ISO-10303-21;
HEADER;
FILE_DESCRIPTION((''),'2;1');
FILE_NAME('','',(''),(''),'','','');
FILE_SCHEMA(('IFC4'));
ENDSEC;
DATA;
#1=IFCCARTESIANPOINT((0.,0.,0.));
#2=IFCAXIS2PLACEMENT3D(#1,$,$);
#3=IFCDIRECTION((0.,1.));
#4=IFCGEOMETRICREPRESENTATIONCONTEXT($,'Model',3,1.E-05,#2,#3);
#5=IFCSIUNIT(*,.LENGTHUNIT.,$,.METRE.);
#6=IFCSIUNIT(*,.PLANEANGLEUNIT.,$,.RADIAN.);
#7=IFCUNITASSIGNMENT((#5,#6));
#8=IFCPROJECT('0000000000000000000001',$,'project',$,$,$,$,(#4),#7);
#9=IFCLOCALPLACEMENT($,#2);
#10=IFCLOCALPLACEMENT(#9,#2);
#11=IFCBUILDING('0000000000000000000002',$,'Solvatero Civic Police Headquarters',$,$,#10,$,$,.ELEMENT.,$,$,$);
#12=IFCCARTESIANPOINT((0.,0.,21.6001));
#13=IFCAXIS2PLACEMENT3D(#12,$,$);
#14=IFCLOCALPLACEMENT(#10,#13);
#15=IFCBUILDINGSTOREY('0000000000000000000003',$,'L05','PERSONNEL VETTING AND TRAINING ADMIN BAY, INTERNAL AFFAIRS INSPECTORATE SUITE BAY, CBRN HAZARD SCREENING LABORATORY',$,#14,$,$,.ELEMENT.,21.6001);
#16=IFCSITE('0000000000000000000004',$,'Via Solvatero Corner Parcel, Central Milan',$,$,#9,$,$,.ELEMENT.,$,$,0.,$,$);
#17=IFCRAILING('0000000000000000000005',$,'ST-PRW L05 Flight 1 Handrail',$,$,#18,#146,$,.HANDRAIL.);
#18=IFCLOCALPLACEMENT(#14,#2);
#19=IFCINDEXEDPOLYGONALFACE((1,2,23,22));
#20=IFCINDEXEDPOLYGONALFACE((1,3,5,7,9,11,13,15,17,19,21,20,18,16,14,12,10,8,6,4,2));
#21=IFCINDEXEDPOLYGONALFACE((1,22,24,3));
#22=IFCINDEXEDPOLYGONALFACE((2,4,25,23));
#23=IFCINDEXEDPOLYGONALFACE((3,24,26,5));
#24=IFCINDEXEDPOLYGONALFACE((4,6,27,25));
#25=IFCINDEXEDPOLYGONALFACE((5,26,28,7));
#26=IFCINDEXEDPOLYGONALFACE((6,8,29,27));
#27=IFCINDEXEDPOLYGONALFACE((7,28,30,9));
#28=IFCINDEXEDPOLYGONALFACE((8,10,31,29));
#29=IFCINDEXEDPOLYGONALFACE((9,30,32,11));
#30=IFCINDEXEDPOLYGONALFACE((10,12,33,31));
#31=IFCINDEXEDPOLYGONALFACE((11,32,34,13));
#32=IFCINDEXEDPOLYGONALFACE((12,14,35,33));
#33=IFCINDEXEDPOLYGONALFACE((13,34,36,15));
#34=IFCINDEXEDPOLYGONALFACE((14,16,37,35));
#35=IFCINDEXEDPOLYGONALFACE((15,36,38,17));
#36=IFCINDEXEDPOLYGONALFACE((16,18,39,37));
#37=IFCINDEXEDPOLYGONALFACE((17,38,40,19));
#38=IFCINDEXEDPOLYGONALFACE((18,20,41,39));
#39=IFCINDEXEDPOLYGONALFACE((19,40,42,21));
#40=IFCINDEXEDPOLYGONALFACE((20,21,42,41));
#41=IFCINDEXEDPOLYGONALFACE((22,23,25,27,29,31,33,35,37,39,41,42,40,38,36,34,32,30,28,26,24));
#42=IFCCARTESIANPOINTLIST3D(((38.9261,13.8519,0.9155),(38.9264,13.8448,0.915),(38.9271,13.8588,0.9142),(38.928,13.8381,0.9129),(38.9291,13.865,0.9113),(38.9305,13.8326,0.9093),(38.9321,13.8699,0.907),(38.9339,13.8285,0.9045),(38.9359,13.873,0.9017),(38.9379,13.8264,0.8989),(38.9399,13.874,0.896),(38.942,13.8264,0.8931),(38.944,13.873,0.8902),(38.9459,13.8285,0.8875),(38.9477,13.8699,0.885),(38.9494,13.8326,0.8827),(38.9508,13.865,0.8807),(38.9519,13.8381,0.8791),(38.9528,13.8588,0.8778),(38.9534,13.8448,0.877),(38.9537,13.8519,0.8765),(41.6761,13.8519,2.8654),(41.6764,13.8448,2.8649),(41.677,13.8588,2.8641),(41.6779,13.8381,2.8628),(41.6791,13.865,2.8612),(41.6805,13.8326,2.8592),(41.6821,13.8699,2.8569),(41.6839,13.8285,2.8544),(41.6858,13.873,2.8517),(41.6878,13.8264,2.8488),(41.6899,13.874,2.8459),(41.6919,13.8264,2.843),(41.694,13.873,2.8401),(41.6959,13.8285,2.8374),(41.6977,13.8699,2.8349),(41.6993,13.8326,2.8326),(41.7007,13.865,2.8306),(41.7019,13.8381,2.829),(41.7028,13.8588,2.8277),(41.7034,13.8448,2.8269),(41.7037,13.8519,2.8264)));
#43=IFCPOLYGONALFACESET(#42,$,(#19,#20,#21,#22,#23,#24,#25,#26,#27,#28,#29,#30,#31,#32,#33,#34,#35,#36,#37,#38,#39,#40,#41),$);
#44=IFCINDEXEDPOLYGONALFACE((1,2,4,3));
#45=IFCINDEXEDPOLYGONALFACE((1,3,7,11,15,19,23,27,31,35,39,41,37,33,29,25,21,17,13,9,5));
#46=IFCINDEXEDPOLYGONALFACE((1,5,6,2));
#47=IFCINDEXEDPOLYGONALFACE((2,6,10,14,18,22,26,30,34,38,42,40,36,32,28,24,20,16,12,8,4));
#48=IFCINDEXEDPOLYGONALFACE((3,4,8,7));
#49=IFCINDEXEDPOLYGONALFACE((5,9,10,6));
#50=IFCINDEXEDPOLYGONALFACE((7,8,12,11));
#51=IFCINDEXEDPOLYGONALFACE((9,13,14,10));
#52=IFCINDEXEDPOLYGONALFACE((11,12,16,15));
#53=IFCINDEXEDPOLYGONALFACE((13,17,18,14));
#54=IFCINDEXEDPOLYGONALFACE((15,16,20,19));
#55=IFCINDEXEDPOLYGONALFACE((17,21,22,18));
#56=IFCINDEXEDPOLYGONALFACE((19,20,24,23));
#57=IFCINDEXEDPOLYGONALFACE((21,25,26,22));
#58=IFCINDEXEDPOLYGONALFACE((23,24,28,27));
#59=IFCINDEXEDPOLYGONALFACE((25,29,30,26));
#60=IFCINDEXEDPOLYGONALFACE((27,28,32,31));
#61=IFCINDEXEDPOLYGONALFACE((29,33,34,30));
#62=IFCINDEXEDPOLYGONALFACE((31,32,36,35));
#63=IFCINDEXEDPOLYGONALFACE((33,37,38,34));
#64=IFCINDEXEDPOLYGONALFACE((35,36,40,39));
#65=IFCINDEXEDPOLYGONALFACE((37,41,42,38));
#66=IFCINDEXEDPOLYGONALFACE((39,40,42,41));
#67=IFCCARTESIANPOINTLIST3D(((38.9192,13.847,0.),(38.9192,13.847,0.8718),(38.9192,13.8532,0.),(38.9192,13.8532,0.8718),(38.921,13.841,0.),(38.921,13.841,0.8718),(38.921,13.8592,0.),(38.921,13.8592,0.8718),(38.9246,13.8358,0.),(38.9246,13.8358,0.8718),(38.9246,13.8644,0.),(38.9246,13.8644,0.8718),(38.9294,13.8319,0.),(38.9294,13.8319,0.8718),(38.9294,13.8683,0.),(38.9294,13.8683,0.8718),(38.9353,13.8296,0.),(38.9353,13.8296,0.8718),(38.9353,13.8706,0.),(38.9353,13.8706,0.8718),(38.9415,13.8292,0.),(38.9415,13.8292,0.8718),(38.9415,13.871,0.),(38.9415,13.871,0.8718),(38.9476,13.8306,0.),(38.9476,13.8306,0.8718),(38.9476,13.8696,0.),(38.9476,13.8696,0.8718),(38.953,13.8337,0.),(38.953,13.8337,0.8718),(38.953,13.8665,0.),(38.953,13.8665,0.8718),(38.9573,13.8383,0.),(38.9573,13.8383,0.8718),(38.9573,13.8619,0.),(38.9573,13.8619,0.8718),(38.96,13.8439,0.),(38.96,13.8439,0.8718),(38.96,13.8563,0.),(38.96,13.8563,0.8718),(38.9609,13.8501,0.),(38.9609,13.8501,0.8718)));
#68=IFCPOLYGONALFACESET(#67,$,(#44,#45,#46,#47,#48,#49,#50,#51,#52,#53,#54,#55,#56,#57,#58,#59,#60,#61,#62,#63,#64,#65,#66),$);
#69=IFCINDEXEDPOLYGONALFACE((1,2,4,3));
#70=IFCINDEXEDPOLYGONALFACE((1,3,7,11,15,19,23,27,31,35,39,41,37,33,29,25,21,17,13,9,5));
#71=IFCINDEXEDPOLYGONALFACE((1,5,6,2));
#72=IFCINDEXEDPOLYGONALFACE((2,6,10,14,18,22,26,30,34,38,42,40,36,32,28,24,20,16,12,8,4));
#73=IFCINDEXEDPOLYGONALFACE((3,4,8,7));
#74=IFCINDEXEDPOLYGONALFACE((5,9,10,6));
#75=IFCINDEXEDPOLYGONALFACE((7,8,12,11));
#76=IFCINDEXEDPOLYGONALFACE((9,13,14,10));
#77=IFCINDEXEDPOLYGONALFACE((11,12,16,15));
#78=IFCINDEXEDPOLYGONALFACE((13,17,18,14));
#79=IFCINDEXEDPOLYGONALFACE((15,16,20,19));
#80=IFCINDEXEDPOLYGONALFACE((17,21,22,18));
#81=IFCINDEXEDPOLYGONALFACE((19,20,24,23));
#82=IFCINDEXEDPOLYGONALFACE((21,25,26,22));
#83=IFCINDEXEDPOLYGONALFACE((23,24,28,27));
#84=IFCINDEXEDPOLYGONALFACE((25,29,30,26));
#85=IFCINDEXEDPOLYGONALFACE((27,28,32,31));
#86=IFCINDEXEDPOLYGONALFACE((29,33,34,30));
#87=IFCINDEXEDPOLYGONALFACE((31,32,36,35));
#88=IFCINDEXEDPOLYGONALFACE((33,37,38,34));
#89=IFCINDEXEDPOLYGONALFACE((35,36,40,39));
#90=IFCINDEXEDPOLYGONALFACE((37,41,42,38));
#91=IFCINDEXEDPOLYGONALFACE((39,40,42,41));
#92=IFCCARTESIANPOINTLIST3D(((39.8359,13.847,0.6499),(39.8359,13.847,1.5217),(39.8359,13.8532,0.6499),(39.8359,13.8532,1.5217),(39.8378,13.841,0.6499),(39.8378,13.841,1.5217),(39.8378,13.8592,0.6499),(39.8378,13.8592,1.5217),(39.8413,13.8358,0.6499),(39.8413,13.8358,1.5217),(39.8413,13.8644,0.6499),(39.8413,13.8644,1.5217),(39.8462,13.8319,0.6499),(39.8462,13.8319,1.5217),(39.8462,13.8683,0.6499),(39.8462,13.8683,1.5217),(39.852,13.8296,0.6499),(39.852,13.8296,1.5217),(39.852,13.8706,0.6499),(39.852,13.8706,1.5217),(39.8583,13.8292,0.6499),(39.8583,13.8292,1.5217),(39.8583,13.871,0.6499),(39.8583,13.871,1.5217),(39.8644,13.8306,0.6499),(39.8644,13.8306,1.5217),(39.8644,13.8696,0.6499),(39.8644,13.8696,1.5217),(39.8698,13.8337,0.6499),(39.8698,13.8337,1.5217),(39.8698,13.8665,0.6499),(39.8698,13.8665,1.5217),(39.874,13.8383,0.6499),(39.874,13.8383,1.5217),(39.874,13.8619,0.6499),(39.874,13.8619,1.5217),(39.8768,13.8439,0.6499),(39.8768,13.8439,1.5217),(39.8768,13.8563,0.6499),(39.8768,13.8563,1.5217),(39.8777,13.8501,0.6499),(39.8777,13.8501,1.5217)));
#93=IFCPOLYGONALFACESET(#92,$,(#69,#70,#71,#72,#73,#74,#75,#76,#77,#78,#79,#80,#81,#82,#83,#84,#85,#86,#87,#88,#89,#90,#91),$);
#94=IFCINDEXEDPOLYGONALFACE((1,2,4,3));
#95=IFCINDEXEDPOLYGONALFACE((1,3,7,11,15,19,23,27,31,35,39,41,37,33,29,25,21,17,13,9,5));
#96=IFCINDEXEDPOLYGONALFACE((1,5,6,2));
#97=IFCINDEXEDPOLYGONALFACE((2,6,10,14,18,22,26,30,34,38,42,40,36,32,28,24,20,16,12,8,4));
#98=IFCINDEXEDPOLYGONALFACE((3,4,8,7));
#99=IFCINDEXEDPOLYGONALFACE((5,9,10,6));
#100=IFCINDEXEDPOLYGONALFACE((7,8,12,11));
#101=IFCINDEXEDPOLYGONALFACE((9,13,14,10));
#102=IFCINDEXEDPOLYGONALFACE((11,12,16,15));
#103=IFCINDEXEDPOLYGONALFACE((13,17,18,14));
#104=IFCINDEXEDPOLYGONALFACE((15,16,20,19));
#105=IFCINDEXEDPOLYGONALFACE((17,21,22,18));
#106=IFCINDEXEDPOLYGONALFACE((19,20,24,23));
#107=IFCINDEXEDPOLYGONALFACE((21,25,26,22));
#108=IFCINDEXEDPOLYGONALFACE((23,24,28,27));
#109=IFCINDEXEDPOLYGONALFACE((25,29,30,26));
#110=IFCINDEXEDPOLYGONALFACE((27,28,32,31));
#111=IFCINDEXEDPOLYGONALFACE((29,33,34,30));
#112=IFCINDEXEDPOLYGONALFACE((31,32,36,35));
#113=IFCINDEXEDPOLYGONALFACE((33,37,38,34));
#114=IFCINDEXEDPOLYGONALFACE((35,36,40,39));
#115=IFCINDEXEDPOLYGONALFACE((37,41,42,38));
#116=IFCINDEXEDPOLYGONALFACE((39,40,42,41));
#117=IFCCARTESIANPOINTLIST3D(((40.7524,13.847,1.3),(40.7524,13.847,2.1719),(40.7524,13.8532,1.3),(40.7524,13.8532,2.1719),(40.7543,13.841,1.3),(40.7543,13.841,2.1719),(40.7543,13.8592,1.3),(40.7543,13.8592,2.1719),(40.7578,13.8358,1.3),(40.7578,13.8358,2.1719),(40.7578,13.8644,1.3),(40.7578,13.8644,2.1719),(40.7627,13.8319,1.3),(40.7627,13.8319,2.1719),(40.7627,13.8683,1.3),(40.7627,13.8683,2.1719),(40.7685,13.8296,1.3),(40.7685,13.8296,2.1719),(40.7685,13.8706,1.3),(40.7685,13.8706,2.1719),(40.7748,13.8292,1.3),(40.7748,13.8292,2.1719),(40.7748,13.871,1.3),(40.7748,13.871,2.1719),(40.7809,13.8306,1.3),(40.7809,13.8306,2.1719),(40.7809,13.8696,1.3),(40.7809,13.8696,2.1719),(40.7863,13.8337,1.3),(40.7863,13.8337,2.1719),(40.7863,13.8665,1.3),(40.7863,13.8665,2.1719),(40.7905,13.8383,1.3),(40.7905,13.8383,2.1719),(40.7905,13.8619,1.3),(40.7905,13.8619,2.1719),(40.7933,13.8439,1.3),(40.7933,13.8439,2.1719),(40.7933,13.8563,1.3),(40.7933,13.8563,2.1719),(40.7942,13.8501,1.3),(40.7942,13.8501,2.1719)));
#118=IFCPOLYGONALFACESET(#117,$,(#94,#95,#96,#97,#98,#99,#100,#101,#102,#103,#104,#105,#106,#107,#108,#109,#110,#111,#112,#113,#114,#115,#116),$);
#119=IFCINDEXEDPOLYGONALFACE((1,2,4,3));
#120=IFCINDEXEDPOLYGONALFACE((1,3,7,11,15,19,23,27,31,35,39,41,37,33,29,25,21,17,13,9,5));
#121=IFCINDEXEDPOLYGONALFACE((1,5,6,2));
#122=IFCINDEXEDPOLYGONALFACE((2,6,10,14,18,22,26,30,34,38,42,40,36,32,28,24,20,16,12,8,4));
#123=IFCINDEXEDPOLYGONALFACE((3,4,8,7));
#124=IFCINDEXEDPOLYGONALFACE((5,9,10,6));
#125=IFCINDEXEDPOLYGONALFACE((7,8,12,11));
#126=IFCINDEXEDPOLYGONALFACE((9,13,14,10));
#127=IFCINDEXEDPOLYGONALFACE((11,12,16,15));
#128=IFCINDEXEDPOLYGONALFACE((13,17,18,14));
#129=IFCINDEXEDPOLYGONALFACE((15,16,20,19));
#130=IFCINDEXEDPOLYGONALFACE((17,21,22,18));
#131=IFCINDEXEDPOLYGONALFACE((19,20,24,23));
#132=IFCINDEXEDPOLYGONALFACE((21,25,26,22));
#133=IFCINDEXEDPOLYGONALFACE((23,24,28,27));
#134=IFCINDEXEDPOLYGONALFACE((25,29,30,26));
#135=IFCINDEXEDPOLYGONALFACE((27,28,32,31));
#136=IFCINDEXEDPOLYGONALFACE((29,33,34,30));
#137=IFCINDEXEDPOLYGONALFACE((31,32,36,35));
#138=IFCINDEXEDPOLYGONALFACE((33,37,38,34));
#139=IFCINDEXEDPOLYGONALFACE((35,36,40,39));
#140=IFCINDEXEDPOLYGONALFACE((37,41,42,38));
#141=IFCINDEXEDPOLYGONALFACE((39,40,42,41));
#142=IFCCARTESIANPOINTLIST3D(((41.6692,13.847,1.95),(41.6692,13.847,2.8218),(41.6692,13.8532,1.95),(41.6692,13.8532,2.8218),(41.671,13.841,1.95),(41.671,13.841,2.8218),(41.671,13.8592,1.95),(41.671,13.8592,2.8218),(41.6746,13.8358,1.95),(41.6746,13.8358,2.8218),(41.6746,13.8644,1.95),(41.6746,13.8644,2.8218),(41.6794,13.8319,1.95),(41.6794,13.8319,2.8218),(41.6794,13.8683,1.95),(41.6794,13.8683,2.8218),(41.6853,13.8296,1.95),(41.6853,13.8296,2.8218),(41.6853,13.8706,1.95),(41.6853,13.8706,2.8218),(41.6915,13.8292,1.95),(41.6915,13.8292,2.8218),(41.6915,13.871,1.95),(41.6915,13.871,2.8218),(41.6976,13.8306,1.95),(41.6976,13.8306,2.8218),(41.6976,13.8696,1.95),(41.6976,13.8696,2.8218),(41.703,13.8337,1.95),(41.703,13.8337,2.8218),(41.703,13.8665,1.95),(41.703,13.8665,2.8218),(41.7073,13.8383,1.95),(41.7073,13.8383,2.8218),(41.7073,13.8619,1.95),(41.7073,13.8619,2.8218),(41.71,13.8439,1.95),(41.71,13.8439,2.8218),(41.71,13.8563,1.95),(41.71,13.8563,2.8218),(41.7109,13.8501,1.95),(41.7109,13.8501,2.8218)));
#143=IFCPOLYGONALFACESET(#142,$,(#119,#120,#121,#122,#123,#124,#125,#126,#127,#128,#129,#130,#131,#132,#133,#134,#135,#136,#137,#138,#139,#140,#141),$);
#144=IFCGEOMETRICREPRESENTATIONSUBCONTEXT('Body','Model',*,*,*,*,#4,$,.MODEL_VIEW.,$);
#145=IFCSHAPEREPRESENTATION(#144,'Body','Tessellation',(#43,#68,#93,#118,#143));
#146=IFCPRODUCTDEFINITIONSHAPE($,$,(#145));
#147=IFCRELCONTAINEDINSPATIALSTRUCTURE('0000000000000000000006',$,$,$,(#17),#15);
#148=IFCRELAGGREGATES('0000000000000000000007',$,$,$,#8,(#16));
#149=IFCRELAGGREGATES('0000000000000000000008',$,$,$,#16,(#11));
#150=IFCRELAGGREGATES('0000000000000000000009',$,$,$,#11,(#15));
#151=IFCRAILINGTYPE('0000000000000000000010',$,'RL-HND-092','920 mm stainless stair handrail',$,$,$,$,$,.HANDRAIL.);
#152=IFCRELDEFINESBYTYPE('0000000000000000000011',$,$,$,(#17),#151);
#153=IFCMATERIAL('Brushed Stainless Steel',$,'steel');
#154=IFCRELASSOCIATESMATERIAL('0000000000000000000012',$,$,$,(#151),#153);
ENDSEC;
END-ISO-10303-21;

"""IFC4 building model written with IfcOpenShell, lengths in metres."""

from ifc_helpers import new_model, si_unit, direction, frame, origin, origin_2d, place, context, subcontext, project, spatial, circle, extrude, material, type_object, element, save


model = new_model("IFC4")

# Units and contexts
model_context = context("Model", 3, precision=1e-05, world=origin(), true_north=direction((0.0, 1.0)))
body_context = subcontext(model_context, "Body", "Model", "MODEL_VIEW")
ifc_project = project(units=[si_unit("LENGTHUNIT", "METRE"), si_unit("PLANEANGLEUNIT", "RADIAN")], contexts=[model_context])

# Site, building, storey
site_placement = place(None, origin())
site = spatial("IfcSite", under=ifc_project, at=site_placement, Name="Via Solvatero Corner Parcel, Central Milan", CompositionType="ELEMENT", RefElevation=0.0)
building_placement = place(site_placement, origin())
building = spatial("IfcBuilding", under=site, at=building_placement, Name="Solvatero Civic Police Headquarters", CompositionType="ELEMENT")
storey_placement = place(building_placement, frame((0.0, 0.0, 21.6001)))
storey = spatial("IfcBuildingStorey", under=building, at=storey_placement, Name="L05", Description="PERSONNEL VETTING AND TRAINING ADMIN BAY, INTERNAL AFFAIRS INSPECTORATE SUITE BAY, CBRN HAZARD SCREENING LABORATORY", CompositionType="ELEMENT", Elevation=21.6001)

# Railing
ifc_material_1 = material(Name="Brushed Stainless Steel", Category="steel")
railing_type_1 = type_object("IfcRailingType", Name="RL-HND-092", Description="920 mm stainless stair handrail", PredefinedType="HANDRAIL", material=ifc_material_1)
railing_1_placement = place(storey_placement, frame((38.9399, 13.8501, 0.0)))
element("IfcRailing", 1, at=railing_1_placement, inside=storey, type_object=railing_type_1, Name="ST-PRW L05 Flight 1 Handrail", PredefinedType="HANDRAIL", context=body_context, shape_type="SweptSolid", body=[
    extrude(circle(Radius=0.0239, at=origin_2d()), frame((0.0, 0.0, 0.896), z_axis=(0.81574, 0.0, 0.578419), x_axis=(0.0, 1.0, 0.0)), (0.0, 0.0, 1.0), 3.3711),
    extrude(circle(Radius=0.021, at=origin_2d()), origin(), (0.0, 0.0, 1.0), 0.8718),
    extrude(circle(Radius=0.021, at=origin_2d()), frame((0.9167, 0.0, 0.6499)), (0.0, 0.0, 1.0), 0.8718),
    extrude(circle(Radius=0.021, at=origin_2d()), frame((1.8333, 0.0, 1.3)), (0.0, 0.0, 1.0), 0.8718),
    extrude(circle(Radius=0.021, at=origin_2d()), frame((2.75, 0.0, 1.95)), (0.0, 0.0, 1.0), 0.8718),
])

save(model, "model.ifc")
